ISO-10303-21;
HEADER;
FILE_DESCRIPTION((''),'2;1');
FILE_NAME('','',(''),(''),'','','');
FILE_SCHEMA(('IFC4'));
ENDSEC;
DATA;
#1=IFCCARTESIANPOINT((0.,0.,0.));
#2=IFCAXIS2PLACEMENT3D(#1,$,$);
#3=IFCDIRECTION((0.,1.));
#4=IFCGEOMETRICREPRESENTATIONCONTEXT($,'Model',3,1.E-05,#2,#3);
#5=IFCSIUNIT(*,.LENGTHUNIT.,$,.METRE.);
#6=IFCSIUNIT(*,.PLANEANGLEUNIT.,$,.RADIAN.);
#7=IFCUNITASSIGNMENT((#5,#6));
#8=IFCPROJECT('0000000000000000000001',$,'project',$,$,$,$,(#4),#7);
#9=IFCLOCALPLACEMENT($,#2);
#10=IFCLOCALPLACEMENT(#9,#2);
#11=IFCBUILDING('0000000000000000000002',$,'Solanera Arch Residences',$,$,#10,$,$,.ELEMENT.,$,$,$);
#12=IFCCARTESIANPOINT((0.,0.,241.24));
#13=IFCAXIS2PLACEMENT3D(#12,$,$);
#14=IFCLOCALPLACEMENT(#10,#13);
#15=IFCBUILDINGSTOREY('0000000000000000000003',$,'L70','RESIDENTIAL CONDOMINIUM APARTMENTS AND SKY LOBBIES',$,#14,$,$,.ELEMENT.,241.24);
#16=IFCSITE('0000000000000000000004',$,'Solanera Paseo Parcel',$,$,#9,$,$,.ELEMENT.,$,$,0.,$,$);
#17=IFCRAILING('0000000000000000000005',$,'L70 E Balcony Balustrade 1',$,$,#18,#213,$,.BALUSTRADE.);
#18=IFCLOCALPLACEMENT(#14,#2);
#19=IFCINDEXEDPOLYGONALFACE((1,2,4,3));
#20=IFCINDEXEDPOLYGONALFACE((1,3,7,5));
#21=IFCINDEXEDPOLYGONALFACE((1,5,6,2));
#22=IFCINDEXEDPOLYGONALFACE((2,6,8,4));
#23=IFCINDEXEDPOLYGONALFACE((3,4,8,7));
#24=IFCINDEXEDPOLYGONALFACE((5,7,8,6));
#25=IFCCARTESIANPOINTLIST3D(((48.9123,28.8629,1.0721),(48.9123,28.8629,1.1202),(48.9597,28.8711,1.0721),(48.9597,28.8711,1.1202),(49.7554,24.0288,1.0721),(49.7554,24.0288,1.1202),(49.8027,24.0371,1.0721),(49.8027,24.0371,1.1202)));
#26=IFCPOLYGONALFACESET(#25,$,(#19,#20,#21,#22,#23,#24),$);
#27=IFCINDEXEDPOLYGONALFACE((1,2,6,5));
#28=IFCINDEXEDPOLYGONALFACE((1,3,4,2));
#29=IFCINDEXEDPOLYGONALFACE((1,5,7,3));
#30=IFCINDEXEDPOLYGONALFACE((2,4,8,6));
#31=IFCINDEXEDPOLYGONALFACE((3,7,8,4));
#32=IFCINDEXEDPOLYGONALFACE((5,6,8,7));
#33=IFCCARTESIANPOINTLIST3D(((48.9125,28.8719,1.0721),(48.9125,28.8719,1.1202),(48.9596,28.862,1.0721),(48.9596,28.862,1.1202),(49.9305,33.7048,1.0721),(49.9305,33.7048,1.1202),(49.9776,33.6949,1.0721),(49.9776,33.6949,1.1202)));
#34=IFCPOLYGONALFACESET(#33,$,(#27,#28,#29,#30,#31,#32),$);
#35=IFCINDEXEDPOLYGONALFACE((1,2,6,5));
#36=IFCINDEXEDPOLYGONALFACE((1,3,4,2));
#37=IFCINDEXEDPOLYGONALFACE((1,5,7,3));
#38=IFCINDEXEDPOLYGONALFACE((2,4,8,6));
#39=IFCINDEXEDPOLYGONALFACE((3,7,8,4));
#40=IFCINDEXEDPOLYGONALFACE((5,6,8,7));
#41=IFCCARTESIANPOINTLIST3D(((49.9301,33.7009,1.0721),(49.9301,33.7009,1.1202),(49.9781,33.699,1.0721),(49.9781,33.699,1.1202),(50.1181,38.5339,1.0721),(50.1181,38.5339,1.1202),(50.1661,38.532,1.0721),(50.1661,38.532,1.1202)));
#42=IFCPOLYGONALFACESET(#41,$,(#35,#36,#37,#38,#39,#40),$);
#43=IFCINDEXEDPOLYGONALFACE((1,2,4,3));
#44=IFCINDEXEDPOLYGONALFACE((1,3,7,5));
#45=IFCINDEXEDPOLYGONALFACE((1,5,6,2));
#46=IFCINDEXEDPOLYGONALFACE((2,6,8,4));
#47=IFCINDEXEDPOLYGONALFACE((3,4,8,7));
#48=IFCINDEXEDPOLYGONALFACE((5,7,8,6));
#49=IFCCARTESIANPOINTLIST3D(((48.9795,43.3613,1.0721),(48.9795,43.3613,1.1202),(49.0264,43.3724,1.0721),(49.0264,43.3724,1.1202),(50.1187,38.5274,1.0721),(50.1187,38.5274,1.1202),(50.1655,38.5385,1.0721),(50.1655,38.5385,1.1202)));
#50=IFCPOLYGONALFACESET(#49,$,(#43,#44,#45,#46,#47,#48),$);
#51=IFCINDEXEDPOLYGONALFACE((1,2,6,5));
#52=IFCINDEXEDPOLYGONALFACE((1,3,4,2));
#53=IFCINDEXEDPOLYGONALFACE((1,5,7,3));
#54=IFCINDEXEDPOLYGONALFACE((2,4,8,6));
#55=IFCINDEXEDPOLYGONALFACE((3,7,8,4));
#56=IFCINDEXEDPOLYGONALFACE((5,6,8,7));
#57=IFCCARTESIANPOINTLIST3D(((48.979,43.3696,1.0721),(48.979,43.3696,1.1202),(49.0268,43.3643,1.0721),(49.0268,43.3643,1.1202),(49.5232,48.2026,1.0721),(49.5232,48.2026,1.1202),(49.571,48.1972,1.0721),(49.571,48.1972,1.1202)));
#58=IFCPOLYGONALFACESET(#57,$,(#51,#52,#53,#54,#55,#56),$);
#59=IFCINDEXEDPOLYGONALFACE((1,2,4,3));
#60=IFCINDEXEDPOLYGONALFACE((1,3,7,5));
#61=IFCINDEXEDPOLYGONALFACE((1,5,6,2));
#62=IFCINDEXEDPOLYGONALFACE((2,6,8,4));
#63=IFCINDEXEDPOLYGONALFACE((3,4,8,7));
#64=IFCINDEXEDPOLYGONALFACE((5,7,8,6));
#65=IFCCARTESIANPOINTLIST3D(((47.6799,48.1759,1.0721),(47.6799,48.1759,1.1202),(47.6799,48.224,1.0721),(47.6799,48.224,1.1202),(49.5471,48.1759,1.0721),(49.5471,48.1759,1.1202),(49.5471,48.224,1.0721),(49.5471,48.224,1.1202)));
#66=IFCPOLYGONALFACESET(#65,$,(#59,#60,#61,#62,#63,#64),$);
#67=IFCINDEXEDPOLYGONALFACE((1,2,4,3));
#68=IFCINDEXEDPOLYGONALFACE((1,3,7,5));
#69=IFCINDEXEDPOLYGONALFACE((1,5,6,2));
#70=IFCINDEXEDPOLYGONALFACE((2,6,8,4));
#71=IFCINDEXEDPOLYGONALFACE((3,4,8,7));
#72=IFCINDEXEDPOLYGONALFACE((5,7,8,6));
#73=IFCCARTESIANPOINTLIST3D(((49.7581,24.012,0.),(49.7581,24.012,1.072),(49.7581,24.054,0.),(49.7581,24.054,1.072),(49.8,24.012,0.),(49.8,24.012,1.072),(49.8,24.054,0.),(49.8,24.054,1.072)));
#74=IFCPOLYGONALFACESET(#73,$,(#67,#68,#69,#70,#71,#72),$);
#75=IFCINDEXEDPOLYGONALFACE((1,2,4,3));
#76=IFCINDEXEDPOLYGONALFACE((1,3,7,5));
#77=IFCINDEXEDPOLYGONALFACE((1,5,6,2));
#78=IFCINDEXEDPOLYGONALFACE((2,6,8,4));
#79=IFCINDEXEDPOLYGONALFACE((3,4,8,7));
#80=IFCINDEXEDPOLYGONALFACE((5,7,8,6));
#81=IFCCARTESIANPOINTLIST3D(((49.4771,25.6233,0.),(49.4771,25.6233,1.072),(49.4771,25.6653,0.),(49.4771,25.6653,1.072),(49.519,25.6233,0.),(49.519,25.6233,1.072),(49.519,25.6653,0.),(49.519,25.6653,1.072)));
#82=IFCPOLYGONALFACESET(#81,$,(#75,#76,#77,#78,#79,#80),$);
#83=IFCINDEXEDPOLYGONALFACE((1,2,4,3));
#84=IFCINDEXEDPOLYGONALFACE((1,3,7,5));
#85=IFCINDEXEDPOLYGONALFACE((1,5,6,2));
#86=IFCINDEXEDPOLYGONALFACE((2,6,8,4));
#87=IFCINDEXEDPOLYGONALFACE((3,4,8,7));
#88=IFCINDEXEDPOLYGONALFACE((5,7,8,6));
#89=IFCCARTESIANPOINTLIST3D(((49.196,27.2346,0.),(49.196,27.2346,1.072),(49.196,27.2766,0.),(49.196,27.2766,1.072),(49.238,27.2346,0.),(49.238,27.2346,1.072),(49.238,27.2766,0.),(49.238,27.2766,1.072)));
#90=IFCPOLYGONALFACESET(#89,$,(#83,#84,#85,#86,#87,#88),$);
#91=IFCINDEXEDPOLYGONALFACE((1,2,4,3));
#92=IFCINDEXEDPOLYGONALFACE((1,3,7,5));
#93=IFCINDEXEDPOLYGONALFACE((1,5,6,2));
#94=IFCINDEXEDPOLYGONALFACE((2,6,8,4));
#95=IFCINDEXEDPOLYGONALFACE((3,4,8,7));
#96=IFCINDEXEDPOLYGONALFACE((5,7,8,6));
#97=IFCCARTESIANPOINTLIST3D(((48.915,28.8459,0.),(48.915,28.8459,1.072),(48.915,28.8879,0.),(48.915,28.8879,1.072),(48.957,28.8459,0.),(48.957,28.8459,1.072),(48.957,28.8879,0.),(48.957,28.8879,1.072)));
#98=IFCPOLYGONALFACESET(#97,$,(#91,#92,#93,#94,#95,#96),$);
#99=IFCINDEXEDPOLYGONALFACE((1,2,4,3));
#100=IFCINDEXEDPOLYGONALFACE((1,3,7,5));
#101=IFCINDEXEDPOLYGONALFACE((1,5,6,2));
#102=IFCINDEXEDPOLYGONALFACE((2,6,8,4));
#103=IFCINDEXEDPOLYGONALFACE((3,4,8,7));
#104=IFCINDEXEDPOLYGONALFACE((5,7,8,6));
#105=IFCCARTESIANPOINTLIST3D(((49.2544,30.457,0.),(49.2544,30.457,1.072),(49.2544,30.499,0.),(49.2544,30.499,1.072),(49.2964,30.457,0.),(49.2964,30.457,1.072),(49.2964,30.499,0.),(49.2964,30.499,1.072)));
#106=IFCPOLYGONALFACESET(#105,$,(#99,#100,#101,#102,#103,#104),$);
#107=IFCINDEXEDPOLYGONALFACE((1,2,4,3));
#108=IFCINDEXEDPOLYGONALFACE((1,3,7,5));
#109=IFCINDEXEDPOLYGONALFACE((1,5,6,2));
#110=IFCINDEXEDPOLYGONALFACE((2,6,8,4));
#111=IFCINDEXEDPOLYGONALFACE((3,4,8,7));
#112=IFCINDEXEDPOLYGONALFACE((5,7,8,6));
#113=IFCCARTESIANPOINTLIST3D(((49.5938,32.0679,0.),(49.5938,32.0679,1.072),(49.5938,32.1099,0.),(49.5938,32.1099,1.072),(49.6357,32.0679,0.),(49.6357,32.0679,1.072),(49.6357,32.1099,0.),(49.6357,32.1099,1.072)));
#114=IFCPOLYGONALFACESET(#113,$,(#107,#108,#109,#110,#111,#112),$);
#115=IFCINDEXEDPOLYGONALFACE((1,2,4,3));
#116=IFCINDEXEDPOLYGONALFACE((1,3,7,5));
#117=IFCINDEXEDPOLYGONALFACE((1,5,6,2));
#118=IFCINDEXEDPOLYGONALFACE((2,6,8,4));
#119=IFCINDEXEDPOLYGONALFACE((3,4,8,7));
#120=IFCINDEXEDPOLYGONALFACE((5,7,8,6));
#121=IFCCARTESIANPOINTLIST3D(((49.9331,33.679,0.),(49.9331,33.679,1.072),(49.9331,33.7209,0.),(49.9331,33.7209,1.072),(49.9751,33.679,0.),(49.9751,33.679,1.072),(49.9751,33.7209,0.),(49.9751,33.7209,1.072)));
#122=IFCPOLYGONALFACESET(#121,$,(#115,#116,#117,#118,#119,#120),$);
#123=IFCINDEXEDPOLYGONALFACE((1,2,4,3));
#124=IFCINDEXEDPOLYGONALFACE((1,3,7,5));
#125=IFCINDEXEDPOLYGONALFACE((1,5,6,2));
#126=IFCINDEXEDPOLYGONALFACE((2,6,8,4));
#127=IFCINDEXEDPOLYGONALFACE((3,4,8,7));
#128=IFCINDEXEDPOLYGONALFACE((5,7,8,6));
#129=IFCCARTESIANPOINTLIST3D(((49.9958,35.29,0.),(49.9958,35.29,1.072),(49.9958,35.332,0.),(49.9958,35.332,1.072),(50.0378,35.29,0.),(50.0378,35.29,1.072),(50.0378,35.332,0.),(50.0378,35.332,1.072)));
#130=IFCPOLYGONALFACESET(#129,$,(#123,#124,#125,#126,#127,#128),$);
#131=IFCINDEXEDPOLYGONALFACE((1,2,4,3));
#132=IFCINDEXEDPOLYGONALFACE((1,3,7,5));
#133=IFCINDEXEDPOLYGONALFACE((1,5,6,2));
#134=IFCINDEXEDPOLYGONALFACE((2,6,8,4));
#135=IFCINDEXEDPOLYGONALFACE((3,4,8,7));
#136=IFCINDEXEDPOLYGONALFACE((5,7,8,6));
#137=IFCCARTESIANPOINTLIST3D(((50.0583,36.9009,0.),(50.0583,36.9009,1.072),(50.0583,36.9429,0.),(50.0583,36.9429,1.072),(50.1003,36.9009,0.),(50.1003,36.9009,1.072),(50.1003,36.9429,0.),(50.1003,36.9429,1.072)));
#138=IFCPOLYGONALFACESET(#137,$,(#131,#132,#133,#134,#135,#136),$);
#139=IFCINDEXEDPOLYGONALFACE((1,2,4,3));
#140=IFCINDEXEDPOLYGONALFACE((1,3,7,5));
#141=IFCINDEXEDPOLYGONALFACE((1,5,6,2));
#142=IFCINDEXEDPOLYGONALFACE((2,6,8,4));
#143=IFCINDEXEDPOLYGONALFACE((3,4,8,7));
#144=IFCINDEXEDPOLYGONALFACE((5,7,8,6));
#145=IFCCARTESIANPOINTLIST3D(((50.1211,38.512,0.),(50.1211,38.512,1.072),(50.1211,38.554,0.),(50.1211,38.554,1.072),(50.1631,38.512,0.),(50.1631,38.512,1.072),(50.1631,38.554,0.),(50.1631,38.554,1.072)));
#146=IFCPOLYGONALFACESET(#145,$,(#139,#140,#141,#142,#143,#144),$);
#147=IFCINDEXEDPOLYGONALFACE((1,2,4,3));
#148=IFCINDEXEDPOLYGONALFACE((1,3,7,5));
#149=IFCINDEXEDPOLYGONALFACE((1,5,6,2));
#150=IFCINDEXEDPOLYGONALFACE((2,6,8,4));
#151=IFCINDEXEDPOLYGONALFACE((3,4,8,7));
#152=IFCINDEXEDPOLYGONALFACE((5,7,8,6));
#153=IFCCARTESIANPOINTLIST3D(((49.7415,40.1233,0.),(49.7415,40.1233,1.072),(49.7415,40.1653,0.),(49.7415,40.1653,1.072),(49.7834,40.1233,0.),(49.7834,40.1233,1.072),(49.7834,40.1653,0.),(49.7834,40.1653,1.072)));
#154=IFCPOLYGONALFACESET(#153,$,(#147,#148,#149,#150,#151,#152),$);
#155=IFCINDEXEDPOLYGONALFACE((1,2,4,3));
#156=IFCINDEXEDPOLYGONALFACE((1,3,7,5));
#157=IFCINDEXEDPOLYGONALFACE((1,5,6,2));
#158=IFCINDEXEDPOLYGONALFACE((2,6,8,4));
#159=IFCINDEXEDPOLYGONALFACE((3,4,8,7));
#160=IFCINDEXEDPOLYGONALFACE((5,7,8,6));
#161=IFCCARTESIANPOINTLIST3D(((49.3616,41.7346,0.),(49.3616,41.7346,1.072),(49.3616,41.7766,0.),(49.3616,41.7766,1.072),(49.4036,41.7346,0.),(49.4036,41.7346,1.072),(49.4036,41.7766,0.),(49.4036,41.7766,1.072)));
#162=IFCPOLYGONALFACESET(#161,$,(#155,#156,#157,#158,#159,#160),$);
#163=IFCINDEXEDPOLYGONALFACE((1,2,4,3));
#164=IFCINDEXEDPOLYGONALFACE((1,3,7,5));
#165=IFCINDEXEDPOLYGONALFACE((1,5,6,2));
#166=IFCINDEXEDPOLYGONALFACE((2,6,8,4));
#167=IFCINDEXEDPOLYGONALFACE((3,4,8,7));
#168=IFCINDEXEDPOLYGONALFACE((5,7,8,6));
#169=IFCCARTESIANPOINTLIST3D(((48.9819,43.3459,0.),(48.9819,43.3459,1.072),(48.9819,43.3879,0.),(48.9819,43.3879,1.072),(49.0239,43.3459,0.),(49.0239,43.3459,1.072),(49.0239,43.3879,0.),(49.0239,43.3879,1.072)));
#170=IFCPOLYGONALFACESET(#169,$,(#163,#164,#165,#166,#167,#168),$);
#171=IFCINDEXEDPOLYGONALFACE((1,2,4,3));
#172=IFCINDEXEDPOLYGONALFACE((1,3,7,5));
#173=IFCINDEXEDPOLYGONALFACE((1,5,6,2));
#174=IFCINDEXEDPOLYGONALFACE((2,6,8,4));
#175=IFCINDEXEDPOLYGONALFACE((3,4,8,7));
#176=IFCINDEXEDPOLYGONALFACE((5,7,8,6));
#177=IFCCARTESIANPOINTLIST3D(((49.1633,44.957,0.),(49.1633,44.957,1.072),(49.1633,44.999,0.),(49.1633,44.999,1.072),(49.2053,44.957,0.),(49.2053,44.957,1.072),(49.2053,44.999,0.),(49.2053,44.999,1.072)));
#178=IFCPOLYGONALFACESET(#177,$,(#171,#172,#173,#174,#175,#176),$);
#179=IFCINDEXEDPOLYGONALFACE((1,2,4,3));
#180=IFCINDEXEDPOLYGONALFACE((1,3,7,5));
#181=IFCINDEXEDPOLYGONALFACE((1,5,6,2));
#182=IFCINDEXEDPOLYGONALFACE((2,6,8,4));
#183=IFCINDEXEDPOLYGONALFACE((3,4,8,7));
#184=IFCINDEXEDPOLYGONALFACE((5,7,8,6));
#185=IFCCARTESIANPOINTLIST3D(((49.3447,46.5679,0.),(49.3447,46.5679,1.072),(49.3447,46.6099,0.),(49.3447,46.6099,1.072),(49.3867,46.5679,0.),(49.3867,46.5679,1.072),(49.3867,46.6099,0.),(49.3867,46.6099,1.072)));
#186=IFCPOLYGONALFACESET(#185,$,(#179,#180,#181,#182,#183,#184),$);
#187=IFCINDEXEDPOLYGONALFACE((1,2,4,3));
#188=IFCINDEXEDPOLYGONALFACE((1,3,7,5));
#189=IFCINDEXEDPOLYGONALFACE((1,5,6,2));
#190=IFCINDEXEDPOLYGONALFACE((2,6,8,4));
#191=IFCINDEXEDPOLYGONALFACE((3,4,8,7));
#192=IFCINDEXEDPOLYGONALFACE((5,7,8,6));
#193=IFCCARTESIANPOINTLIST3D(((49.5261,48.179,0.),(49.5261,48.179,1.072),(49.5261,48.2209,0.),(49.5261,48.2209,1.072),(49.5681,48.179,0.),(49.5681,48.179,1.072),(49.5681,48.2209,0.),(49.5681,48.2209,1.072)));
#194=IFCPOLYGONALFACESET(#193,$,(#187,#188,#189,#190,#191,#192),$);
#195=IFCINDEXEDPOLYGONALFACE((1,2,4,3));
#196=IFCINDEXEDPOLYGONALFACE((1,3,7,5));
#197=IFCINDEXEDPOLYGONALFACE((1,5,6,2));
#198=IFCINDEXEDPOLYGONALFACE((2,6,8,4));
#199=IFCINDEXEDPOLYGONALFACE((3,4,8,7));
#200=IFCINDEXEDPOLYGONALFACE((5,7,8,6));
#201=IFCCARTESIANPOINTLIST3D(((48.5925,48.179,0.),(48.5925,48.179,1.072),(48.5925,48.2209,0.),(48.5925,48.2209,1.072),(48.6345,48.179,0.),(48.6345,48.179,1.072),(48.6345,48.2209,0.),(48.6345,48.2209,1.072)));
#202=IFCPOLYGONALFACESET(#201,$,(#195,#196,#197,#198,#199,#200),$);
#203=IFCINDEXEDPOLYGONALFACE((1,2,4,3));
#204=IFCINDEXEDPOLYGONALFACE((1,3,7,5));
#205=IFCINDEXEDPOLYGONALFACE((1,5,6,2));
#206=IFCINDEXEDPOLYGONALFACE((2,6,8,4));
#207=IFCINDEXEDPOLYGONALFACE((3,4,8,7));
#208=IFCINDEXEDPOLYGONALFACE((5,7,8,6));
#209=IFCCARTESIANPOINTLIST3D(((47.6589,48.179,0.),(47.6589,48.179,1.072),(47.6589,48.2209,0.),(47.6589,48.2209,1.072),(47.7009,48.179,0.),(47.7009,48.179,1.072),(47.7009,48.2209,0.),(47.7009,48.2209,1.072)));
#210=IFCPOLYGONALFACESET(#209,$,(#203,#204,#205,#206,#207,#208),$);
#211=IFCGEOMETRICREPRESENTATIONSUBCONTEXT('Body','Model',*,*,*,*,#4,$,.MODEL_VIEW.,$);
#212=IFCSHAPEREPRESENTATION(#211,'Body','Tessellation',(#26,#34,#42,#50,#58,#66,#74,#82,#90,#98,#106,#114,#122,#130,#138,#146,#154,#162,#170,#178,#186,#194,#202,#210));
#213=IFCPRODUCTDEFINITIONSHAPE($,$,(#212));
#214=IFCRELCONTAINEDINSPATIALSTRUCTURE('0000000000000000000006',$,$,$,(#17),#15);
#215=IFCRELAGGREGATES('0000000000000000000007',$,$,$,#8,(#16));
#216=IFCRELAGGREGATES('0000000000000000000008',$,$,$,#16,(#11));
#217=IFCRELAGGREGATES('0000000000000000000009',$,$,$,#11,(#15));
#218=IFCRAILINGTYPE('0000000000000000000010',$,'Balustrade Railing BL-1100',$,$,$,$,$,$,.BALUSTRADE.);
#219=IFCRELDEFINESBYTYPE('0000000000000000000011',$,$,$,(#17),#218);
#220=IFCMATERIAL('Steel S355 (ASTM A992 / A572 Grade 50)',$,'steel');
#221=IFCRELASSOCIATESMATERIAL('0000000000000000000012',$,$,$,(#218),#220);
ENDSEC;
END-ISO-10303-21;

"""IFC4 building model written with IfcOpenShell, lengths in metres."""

from ifc_helpers import new_model, si_unit, direction, frame, origin, origin_2d, place, context, subcontext, project, spatial, rectangle, extrude, material, type_object, element, save


model = new_model("IFC4")

# Units and contexts
model_context = context("Model", 3, precision=1e-05, world=origin(), true_north=direction((0.0, 1.0)))
body_context = subcontext(model_context, "Body", "Model", "MODEL_VIEW")
ifc_project = project(units=[si_unit("LENGTHUNIT", "METRE"), si_unit("PLANEANGLEUNIT", "RADIAN")], contexts=[model_context])

# Site, building, storey
site_placement = place(None, origin())
site = spatial("IfcSite", under=ifc_project, at=site_placement, Name="Solanera Paseo Parcel", CompositionType="ELEMENT", RefElevation=0.0)
building_placement = place(site_placement, origin())
building = spatial("IfcBuilding", under=site, at=building_placement, Name="Solanera Arch Residences", CompositionType="ELEMENT")
storey_placement = place(building_placement, frame((0.0, 0.0, 241.24)))
storey = spatial("IfcBuildingStorey", under=building, at=storey_placement, Name="L70", Description="RESIDENTIAL CONDOMINIUM APARTMENTS AND SKY LOBBIES", CompositionType="ELEMENT", Elevation=241.24)

# Railing
ifc_material_1 = material(Name="Steel S355 (ASTM A992 / A572 Grade 50)", Category="steel")
railing_type = type_object("IfcRailingType", Name="Balustrade Railing BL-1100", PredefinedType="BALUSTRADE", material=ifc_material_1)
railing_1_placement = place(storey_placement, frame((49.7791, 24.033, 0.0)))
element("IfcRailing", 1, at=railing_1_placement, inside=storey, type_object=railing_type, Name="L70 E Balcony Balustrade 1", PredefinedType="BALUSTRADE", context=body_context, shape_type="SweptSolid", body=[
    extrude(rectangle(XDim=0.0481, YDim=0.0481, at=origin_2d()), frame((0.0, 0.0, 1.0962), z_axis=(-0.171801, 0.985132, 0.0), x_axis=(-0.985132, -0.171801, 0.0)), (0.0, 0.0, 1.0), 4.907),
    extrude(rectangle(XDim=0.0481, YDim=0.0481, at=origin_2d()), frame((-0.843, 4.834, 1.0962), z_axis=(0.206125, 0.978526, 0.0), x_axis=(-0.978526, 0.206125, 0.0)), (0.0, 0.0, 1.0), 4.939),
    extrude(rectangle(XDim=0.0481, YDim=0.0481, at=origin_2d()), frame((0.175, 9.667, 1.0962), z_axis=(0.038867, 0.999244, 0.0), x_axis=(-0.999244, 0.038867, 0.0)), (0.0, 0.0, 1.0), 4.8367),
    extrude(rectangle(XDim=0.0481, YDim=0.0481, at=origin_2d()), frame((0.363, 14.5, 1.0962), z_axis=(-0.229374, 0.973338, 0.0), x_axis=(-0.973338, -0.229374, 0.0)), (0.0, 0.0, 1.0), 4.9663),
    extrude(rectangle(XDim=0.0481, YDim=0.0481, at=origin_2d()), frame((-0.7761, 19.334, 1.0962), z_axis=(0.111891, 0.99372, 0.0), x_axis=(-0.99372, 0.111891, 0.0)), (0.0, 0.0, 1.0), 4.8635),
    extrude(rectangle(XDim=0.0481, YDim=0.0481, at=origin_2d()), frame((-0.2319, 24.167, 1.0962), z_axis=(-1.0, 0.0, 0.0), x_axis=(0.0, -1.0, 0.0)), (0.0, 0.0, 1.0), 1.8672),
    extrude(rectangle(XDim=0.042, YDim=0.042, at=origin_2d()), origin(), (0.0, 0.0, 1.0), 1.072),
    extrude(rectangle(XDim=0.042, YDim=0.042, at=origin_2d()), frame((-0.281, 1.6113, 0.0)), (0.0, 0.0, 1.0), 1.072),
    extrude(rectangle(XDim=0.042, YDim=0.042, at=origin_2d()), frame((-0.562, 3.2227, 0.0)), (0.0, 0.0, 1.0), 1.072),
    extrude(rectangle(XDim=0.042, YDim=0.042, at=origin_2d()), frame((-0.843, 4.834, 0.0)), (0.0, 0.0, 1.0), 1.072),
    extrude(rectangle(XDim=0.042, YDim=0.042, at=origin_2d()), frame((-0.5037, 6.4451, 0.0)), (0.0, 0.0, 1.0), 1.072),
    extrude(rectangle(XDim=0.042, YDim=0.042, at=origin_2d()), frame((-0.1643, 8.0559, 0.0)), (0.0, 0.0, 1.0), 1.072),
    extrude(rectangle(XDim=0.042, YDim=0.042, at=origin_2d()), frame((0.175, 9.667, 0.0)), (0.0, 0.0, 1.0), 1.072),
    extrude(rectangle(XDim=0.042, YDim=0.042, at=origin_2d()), frame((0.2378, 11.2781, 0.0)), (0.0, 0.0, 1.0), 1.072),
    extrude(rectangle(XDim=0.042, YDim=0.042, at=origin_2d()), frame((0.3003, 12.8889, 0.0)), (0.0, 0.0, 1.0), 1.072),
    extrude(rectangle(XDim=0.042, YDim=0.042, at=origin_2d()), frame((0.363, 14.5, 0.0)), (0.0, 0.0, 1.0), 1.072),
    extrude(rectangle(XDim=0.042, YDim=0.042, at=origin_2d()), frame((-0.0166, 16.1113, 0.0)), (0.0, 0.0, 1.0), 1.072),
    extrude(rectangle(XDim=0.042, YDim=0.042, at=origin_2d()), frame((-0.3965, 17.7227, 0.0)), (0.0, 0.0, 1.0), 1.072),
    extrude(rectangle(XDim=0.042, YDim=0.042, at=origin_2d()), frame((-0.7761, 19.334, 0.0)), (0.0, 0.0, 1.0), 1.072),
    extrude(rectangle(XDim=0.042, YDim=0.042, at=origin_2d()), frame((-0.5947, 20.9451, 0.0)), (0.0, 0.0, 1.0), 1.072),
    extrude(rectangle(XDim=0.042, YDim=0.042, at=origin_2d()), frame((-0.4133, 22.5559, 0.0)), (0.0, 0.0, 1.0), 1.072),
    extrude(rectangle(XDim=0.042, YDim=0.042, at=origin_2d()), frame((-0.2319, 24.167, 0.0)), (0.0, 0.0, 1.0), 1.072),
    extrude(rectangle(XDim=0.042, YDim=0.042, at=origin_2d()), frame((-1.1655, 24.167, 0.0)), (0.0, 0.0, 1.0), 1.072),
    extrude(rectangle(XDim=0.042, YDim=0.042, at=origin_2d()), frame((-2.0991, 24.167, 0.0)), (0.0, 0.0, 1.0), 1.072),
])

save(model, "model.ifc")
